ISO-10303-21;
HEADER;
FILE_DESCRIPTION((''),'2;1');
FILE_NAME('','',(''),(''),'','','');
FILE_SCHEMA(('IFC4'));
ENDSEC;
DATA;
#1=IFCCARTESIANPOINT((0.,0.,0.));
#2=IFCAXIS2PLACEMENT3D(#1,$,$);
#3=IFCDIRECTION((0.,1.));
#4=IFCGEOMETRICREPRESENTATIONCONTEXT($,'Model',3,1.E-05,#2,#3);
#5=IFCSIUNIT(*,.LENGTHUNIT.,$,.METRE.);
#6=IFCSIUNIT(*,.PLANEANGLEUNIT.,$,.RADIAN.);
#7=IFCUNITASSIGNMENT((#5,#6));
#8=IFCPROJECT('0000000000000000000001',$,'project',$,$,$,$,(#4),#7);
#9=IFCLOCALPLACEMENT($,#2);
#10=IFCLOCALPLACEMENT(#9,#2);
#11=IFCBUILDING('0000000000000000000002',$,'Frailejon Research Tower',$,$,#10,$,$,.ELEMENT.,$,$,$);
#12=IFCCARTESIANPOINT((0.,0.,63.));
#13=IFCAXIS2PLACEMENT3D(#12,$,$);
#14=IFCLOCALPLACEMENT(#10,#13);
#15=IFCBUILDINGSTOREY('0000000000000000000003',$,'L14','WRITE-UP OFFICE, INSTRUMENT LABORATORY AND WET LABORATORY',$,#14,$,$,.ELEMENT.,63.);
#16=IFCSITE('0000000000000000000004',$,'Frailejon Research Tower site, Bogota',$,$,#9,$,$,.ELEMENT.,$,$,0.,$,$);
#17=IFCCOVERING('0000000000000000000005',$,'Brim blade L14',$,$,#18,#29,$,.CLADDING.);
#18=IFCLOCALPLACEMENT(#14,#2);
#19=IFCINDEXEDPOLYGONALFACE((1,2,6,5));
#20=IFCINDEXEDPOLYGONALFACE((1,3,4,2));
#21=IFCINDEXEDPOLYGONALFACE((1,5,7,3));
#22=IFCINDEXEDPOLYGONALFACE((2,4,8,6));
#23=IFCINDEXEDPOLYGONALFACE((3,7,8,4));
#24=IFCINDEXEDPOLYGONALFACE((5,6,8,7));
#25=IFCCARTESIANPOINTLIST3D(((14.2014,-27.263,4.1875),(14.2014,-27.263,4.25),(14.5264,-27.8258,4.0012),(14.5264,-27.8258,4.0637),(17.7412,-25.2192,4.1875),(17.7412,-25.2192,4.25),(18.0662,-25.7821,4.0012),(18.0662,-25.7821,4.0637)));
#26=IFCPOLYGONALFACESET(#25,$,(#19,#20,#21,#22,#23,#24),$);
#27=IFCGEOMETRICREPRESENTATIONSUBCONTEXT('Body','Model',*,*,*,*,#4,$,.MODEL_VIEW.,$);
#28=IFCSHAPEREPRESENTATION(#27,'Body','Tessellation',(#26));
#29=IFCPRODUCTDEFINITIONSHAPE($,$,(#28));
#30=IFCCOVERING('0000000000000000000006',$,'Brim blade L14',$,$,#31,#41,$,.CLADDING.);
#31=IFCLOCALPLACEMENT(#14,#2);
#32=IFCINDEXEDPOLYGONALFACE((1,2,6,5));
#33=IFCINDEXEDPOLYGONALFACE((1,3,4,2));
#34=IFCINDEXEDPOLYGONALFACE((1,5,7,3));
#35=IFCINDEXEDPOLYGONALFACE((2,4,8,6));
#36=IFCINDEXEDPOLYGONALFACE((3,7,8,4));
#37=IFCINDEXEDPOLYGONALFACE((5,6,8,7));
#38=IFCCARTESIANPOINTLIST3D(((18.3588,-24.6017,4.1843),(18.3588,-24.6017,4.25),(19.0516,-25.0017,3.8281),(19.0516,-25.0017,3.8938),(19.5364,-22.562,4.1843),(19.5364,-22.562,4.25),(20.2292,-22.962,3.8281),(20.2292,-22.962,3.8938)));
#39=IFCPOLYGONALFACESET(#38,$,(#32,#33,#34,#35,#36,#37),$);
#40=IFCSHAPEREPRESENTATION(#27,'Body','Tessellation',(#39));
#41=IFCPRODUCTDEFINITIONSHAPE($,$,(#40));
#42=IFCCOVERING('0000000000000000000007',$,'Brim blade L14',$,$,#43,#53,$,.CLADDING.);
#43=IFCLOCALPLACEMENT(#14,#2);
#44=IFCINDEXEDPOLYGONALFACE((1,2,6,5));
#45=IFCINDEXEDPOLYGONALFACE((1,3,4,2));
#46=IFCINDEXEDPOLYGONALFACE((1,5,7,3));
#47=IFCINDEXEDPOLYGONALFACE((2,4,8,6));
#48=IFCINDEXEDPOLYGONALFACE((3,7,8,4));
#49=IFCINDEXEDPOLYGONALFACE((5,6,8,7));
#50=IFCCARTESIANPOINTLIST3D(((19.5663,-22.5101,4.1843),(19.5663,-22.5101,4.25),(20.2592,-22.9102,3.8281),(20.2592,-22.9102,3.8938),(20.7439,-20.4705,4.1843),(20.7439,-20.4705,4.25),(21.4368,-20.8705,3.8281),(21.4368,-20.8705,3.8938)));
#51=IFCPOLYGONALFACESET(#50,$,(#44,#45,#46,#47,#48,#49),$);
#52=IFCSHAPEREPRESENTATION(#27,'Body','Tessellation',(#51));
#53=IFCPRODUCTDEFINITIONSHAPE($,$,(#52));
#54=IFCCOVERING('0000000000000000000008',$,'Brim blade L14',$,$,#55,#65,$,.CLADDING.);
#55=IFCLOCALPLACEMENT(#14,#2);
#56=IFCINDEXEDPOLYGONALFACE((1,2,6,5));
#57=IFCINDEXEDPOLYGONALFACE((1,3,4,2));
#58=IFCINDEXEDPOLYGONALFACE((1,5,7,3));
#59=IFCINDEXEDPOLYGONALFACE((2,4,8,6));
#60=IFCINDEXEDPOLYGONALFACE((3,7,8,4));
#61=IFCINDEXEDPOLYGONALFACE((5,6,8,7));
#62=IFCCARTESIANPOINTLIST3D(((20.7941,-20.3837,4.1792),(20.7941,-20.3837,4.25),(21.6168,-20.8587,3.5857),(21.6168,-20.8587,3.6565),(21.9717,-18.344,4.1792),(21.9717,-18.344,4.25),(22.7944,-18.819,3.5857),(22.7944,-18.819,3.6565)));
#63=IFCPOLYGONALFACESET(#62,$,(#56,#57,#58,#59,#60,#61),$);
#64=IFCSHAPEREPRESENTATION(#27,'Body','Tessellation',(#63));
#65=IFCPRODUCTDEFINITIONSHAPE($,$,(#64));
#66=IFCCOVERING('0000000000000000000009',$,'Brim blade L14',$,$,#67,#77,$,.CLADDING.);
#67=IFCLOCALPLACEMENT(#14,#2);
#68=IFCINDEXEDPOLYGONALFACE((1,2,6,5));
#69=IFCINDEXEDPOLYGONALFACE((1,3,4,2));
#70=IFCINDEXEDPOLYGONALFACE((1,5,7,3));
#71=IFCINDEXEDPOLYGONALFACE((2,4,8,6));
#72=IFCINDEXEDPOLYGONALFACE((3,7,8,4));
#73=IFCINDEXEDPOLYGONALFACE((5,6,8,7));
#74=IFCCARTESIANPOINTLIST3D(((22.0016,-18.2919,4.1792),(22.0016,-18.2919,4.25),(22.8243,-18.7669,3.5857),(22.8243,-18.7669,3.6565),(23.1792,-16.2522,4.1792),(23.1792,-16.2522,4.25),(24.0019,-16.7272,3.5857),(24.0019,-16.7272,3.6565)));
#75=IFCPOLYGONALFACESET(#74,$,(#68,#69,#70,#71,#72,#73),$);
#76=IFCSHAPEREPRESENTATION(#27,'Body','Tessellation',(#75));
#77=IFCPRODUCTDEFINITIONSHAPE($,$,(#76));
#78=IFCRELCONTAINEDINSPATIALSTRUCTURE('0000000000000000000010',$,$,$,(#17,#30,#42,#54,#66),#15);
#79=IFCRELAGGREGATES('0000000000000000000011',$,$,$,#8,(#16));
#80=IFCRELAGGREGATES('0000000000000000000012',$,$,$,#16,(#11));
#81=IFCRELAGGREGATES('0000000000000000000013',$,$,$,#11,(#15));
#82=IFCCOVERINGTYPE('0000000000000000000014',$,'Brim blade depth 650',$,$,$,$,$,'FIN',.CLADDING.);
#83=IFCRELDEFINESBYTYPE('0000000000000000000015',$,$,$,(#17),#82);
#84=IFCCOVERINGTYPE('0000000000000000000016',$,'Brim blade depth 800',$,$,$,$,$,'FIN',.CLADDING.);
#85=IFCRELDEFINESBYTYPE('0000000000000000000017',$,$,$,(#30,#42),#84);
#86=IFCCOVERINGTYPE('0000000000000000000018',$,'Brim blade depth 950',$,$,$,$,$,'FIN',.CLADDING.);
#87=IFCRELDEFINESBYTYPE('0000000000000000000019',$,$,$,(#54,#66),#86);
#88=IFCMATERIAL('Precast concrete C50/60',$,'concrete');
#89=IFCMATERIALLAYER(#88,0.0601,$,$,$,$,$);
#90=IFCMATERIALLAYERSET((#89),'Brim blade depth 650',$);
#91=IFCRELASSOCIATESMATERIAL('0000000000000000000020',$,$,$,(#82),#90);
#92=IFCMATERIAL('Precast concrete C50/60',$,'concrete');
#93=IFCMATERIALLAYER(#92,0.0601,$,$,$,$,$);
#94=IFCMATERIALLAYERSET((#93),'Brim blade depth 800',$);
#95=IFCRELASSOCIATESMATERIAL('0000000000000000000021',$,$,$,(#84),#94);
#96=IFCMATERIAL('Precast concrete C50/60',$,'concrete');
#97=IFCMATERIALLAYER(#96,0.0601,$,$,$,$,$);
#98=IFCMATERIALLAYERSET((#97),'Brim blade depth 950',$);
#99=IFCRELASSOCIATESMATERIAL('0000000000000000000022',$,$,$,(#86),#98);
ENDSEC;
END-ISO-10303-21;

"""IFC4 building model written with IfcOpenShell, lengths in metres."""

from ifc_helpers import new_model, si_unit, direction, frame, origin, place, context, subcontext, project, spatial, polyline, outline, extrude, material, layer, layer_set, type_object, element, save


model = new_model("IFC4")

# Units and contexts
model_context = context("Model", 3, precision=1e-05, world=origin(), true_north=direction((0.0, 1.0)))
body_context = subcontext(model_context, "Body", "Model", "MODEL_VIEW")
ifc_project = project(units=[si_unit("LENGTHUNIT", "METRE"), si_unit("PLANEANGLEUNIT", "RADIAN")], contexts=[model_context])

# Site, building, storey
site_placement = place(None, origin())
site = spatial("IfcSite", under=ifc_project, at=site_placement, Name="Frailejon Research Tower site, Bogota", CompositionType="ELEMENT", RefElevation=0.0)
building_placement = place(site_placement, origin())
building = spatial("IfcBuilding", under=site, at=building_placement, Name="Frailejon Research Tower", CompositionType="ELEMENT")
storey_placement = place(building_placement, frame((0.0, 0.0, 63.0)))
storey = spatial("IfcBuildingStorey", under=building, at=storey_placement, Name="L14", Description="WRITE-UP OFFICE, INSTRUMENT LABORATORY AND WET LABORATORY", CompositionType="ELEMENT", Elevation=63.0)

# Coverings
ifc_material_1 = material(Name="Precast concrete C50/60", Category="concrete")
ifc_layer_1 = layer(ifc_material_1, 0.0601)
ifc_layer_set_1 = layer_set([ifc_layer_1], Name="Brim blade depth 650")
covering_type_1 = type_object("IfcCoveringType", Name="Brim blade depth 650", ElementType="FIN", PredefinedType="CLADDING", material=ifc_layer_set_1)
covering_1_placement = place(storey_placement, frame((17.7412, -25.2192, 4.25), z_axis=(-0.866021, -0.500007, 0.0), x_axis=(0.500007, -0.866021, 0.0)))
element("IfcCovering", 1, at=covering_1_placement, inside=storey, type_object=covering_type_1, Name="Brim blade L14", PredefinedType="CLADDING", context=body_context, shape_type="SweptSolid", body=[
    extrude(outline(polyline([(0.0, -0.0625), (0.6499, -0.2488), (0.6499, -0.1863), (0.0, 0.0), (0.0, -0.0625)])), origin(), (0.0, 0.0, 1.0), 4.0874),
])
ifc_material_2 = material(Name="Precast concrete C50/60", Category="concrete")
ifc_layer_2 = layer(ifc_material_2, 0.0601)
ifc_layer_set_2 = layer_set([ifc_layer_2], Name="Brim blade depth 800")
covering_type_2 = type_object("IfcCoveringType", Name="Brim blade depth 800", ElementType="FIN", PredefinedType="CLADDING", material=ifc_layer_set_2)
for number, where, z_axis, x_axis, name in (
    (2, (19.5364, -22.562, 4.25), (-0.499997, -0.866027, 0.0), (0.866027, -0.499997, 0.0), "Brim blade L14"),
    (3, (20.7439, -20.4705, 4.25), (-0.499997, -0.866027, 0.0), (0.866027, -0.499997, 0.0), "Brim blade L14"),
):
    element("IfcCovering", number, at=place(storey_placement, frame(where, z_axis=z_axis, x_axis=x_axis)), inside=storey, type_object=covering_type_2, Name=name, PredefinedType="CLADDING", context=body_context, shape_type="SweptSolid", body=[
        extrude(outline(polyline([(0.0, -0.0657), (0.8, -0.4219), (0.8, -0.3562), (0.0, 0.0), (0.0, -0.0657)])), origin(), (0.0, 0.0, 1.0), 2.3552),
    ])
ifc_material_3 = material(Name="Precast concrete C50/60", Category="concrete")
ifc_layer_3 = layer(ifc_material_3, 0.0601)
ifc_layer_set_3 = layer_set([ifc_layer_3], Name="Brim blade depth 950")
covering_type_3 = type_object("IfcCoveringType", Name="Brim blade depth 950", ElementType="FIN", PredefinedType="CLADDING", material=ifc_layer_set_3)
for number, where, z_axis, x_axis, name in (
    (4, (21.9717, -18.344, 4.25), (-0.499997, -0.866027, 0.0), (0.866027, -0.499997, 0.0), "Brim blade L14"),
    (5, (23.1792, -16.2522, 4.25), (-0.499997, -0.866027, 0.0), (0.866027, -0.499997, 0.0), "Brim blade L14"),
):
    element("IfcCovering", number, at=place(storey_placement, frame(where, z_axis=z_axis, x_axis=x_axis)), inside=storey, type_object=covering_type_3, Name=name, PredefinedType="CLADDING", context=body_context, shape_type="SweptSolid", body=[
        extrude(outline(polyline([(0.0, -0.0708), (0.95, -0.6643), (0.95, -0.5935), (0.0, 0.0), (0.0, -0.0708)])), origin(), (0.0, 0.0, 1.0), 2.3552),
    ])

save(model, "model.ifc")
